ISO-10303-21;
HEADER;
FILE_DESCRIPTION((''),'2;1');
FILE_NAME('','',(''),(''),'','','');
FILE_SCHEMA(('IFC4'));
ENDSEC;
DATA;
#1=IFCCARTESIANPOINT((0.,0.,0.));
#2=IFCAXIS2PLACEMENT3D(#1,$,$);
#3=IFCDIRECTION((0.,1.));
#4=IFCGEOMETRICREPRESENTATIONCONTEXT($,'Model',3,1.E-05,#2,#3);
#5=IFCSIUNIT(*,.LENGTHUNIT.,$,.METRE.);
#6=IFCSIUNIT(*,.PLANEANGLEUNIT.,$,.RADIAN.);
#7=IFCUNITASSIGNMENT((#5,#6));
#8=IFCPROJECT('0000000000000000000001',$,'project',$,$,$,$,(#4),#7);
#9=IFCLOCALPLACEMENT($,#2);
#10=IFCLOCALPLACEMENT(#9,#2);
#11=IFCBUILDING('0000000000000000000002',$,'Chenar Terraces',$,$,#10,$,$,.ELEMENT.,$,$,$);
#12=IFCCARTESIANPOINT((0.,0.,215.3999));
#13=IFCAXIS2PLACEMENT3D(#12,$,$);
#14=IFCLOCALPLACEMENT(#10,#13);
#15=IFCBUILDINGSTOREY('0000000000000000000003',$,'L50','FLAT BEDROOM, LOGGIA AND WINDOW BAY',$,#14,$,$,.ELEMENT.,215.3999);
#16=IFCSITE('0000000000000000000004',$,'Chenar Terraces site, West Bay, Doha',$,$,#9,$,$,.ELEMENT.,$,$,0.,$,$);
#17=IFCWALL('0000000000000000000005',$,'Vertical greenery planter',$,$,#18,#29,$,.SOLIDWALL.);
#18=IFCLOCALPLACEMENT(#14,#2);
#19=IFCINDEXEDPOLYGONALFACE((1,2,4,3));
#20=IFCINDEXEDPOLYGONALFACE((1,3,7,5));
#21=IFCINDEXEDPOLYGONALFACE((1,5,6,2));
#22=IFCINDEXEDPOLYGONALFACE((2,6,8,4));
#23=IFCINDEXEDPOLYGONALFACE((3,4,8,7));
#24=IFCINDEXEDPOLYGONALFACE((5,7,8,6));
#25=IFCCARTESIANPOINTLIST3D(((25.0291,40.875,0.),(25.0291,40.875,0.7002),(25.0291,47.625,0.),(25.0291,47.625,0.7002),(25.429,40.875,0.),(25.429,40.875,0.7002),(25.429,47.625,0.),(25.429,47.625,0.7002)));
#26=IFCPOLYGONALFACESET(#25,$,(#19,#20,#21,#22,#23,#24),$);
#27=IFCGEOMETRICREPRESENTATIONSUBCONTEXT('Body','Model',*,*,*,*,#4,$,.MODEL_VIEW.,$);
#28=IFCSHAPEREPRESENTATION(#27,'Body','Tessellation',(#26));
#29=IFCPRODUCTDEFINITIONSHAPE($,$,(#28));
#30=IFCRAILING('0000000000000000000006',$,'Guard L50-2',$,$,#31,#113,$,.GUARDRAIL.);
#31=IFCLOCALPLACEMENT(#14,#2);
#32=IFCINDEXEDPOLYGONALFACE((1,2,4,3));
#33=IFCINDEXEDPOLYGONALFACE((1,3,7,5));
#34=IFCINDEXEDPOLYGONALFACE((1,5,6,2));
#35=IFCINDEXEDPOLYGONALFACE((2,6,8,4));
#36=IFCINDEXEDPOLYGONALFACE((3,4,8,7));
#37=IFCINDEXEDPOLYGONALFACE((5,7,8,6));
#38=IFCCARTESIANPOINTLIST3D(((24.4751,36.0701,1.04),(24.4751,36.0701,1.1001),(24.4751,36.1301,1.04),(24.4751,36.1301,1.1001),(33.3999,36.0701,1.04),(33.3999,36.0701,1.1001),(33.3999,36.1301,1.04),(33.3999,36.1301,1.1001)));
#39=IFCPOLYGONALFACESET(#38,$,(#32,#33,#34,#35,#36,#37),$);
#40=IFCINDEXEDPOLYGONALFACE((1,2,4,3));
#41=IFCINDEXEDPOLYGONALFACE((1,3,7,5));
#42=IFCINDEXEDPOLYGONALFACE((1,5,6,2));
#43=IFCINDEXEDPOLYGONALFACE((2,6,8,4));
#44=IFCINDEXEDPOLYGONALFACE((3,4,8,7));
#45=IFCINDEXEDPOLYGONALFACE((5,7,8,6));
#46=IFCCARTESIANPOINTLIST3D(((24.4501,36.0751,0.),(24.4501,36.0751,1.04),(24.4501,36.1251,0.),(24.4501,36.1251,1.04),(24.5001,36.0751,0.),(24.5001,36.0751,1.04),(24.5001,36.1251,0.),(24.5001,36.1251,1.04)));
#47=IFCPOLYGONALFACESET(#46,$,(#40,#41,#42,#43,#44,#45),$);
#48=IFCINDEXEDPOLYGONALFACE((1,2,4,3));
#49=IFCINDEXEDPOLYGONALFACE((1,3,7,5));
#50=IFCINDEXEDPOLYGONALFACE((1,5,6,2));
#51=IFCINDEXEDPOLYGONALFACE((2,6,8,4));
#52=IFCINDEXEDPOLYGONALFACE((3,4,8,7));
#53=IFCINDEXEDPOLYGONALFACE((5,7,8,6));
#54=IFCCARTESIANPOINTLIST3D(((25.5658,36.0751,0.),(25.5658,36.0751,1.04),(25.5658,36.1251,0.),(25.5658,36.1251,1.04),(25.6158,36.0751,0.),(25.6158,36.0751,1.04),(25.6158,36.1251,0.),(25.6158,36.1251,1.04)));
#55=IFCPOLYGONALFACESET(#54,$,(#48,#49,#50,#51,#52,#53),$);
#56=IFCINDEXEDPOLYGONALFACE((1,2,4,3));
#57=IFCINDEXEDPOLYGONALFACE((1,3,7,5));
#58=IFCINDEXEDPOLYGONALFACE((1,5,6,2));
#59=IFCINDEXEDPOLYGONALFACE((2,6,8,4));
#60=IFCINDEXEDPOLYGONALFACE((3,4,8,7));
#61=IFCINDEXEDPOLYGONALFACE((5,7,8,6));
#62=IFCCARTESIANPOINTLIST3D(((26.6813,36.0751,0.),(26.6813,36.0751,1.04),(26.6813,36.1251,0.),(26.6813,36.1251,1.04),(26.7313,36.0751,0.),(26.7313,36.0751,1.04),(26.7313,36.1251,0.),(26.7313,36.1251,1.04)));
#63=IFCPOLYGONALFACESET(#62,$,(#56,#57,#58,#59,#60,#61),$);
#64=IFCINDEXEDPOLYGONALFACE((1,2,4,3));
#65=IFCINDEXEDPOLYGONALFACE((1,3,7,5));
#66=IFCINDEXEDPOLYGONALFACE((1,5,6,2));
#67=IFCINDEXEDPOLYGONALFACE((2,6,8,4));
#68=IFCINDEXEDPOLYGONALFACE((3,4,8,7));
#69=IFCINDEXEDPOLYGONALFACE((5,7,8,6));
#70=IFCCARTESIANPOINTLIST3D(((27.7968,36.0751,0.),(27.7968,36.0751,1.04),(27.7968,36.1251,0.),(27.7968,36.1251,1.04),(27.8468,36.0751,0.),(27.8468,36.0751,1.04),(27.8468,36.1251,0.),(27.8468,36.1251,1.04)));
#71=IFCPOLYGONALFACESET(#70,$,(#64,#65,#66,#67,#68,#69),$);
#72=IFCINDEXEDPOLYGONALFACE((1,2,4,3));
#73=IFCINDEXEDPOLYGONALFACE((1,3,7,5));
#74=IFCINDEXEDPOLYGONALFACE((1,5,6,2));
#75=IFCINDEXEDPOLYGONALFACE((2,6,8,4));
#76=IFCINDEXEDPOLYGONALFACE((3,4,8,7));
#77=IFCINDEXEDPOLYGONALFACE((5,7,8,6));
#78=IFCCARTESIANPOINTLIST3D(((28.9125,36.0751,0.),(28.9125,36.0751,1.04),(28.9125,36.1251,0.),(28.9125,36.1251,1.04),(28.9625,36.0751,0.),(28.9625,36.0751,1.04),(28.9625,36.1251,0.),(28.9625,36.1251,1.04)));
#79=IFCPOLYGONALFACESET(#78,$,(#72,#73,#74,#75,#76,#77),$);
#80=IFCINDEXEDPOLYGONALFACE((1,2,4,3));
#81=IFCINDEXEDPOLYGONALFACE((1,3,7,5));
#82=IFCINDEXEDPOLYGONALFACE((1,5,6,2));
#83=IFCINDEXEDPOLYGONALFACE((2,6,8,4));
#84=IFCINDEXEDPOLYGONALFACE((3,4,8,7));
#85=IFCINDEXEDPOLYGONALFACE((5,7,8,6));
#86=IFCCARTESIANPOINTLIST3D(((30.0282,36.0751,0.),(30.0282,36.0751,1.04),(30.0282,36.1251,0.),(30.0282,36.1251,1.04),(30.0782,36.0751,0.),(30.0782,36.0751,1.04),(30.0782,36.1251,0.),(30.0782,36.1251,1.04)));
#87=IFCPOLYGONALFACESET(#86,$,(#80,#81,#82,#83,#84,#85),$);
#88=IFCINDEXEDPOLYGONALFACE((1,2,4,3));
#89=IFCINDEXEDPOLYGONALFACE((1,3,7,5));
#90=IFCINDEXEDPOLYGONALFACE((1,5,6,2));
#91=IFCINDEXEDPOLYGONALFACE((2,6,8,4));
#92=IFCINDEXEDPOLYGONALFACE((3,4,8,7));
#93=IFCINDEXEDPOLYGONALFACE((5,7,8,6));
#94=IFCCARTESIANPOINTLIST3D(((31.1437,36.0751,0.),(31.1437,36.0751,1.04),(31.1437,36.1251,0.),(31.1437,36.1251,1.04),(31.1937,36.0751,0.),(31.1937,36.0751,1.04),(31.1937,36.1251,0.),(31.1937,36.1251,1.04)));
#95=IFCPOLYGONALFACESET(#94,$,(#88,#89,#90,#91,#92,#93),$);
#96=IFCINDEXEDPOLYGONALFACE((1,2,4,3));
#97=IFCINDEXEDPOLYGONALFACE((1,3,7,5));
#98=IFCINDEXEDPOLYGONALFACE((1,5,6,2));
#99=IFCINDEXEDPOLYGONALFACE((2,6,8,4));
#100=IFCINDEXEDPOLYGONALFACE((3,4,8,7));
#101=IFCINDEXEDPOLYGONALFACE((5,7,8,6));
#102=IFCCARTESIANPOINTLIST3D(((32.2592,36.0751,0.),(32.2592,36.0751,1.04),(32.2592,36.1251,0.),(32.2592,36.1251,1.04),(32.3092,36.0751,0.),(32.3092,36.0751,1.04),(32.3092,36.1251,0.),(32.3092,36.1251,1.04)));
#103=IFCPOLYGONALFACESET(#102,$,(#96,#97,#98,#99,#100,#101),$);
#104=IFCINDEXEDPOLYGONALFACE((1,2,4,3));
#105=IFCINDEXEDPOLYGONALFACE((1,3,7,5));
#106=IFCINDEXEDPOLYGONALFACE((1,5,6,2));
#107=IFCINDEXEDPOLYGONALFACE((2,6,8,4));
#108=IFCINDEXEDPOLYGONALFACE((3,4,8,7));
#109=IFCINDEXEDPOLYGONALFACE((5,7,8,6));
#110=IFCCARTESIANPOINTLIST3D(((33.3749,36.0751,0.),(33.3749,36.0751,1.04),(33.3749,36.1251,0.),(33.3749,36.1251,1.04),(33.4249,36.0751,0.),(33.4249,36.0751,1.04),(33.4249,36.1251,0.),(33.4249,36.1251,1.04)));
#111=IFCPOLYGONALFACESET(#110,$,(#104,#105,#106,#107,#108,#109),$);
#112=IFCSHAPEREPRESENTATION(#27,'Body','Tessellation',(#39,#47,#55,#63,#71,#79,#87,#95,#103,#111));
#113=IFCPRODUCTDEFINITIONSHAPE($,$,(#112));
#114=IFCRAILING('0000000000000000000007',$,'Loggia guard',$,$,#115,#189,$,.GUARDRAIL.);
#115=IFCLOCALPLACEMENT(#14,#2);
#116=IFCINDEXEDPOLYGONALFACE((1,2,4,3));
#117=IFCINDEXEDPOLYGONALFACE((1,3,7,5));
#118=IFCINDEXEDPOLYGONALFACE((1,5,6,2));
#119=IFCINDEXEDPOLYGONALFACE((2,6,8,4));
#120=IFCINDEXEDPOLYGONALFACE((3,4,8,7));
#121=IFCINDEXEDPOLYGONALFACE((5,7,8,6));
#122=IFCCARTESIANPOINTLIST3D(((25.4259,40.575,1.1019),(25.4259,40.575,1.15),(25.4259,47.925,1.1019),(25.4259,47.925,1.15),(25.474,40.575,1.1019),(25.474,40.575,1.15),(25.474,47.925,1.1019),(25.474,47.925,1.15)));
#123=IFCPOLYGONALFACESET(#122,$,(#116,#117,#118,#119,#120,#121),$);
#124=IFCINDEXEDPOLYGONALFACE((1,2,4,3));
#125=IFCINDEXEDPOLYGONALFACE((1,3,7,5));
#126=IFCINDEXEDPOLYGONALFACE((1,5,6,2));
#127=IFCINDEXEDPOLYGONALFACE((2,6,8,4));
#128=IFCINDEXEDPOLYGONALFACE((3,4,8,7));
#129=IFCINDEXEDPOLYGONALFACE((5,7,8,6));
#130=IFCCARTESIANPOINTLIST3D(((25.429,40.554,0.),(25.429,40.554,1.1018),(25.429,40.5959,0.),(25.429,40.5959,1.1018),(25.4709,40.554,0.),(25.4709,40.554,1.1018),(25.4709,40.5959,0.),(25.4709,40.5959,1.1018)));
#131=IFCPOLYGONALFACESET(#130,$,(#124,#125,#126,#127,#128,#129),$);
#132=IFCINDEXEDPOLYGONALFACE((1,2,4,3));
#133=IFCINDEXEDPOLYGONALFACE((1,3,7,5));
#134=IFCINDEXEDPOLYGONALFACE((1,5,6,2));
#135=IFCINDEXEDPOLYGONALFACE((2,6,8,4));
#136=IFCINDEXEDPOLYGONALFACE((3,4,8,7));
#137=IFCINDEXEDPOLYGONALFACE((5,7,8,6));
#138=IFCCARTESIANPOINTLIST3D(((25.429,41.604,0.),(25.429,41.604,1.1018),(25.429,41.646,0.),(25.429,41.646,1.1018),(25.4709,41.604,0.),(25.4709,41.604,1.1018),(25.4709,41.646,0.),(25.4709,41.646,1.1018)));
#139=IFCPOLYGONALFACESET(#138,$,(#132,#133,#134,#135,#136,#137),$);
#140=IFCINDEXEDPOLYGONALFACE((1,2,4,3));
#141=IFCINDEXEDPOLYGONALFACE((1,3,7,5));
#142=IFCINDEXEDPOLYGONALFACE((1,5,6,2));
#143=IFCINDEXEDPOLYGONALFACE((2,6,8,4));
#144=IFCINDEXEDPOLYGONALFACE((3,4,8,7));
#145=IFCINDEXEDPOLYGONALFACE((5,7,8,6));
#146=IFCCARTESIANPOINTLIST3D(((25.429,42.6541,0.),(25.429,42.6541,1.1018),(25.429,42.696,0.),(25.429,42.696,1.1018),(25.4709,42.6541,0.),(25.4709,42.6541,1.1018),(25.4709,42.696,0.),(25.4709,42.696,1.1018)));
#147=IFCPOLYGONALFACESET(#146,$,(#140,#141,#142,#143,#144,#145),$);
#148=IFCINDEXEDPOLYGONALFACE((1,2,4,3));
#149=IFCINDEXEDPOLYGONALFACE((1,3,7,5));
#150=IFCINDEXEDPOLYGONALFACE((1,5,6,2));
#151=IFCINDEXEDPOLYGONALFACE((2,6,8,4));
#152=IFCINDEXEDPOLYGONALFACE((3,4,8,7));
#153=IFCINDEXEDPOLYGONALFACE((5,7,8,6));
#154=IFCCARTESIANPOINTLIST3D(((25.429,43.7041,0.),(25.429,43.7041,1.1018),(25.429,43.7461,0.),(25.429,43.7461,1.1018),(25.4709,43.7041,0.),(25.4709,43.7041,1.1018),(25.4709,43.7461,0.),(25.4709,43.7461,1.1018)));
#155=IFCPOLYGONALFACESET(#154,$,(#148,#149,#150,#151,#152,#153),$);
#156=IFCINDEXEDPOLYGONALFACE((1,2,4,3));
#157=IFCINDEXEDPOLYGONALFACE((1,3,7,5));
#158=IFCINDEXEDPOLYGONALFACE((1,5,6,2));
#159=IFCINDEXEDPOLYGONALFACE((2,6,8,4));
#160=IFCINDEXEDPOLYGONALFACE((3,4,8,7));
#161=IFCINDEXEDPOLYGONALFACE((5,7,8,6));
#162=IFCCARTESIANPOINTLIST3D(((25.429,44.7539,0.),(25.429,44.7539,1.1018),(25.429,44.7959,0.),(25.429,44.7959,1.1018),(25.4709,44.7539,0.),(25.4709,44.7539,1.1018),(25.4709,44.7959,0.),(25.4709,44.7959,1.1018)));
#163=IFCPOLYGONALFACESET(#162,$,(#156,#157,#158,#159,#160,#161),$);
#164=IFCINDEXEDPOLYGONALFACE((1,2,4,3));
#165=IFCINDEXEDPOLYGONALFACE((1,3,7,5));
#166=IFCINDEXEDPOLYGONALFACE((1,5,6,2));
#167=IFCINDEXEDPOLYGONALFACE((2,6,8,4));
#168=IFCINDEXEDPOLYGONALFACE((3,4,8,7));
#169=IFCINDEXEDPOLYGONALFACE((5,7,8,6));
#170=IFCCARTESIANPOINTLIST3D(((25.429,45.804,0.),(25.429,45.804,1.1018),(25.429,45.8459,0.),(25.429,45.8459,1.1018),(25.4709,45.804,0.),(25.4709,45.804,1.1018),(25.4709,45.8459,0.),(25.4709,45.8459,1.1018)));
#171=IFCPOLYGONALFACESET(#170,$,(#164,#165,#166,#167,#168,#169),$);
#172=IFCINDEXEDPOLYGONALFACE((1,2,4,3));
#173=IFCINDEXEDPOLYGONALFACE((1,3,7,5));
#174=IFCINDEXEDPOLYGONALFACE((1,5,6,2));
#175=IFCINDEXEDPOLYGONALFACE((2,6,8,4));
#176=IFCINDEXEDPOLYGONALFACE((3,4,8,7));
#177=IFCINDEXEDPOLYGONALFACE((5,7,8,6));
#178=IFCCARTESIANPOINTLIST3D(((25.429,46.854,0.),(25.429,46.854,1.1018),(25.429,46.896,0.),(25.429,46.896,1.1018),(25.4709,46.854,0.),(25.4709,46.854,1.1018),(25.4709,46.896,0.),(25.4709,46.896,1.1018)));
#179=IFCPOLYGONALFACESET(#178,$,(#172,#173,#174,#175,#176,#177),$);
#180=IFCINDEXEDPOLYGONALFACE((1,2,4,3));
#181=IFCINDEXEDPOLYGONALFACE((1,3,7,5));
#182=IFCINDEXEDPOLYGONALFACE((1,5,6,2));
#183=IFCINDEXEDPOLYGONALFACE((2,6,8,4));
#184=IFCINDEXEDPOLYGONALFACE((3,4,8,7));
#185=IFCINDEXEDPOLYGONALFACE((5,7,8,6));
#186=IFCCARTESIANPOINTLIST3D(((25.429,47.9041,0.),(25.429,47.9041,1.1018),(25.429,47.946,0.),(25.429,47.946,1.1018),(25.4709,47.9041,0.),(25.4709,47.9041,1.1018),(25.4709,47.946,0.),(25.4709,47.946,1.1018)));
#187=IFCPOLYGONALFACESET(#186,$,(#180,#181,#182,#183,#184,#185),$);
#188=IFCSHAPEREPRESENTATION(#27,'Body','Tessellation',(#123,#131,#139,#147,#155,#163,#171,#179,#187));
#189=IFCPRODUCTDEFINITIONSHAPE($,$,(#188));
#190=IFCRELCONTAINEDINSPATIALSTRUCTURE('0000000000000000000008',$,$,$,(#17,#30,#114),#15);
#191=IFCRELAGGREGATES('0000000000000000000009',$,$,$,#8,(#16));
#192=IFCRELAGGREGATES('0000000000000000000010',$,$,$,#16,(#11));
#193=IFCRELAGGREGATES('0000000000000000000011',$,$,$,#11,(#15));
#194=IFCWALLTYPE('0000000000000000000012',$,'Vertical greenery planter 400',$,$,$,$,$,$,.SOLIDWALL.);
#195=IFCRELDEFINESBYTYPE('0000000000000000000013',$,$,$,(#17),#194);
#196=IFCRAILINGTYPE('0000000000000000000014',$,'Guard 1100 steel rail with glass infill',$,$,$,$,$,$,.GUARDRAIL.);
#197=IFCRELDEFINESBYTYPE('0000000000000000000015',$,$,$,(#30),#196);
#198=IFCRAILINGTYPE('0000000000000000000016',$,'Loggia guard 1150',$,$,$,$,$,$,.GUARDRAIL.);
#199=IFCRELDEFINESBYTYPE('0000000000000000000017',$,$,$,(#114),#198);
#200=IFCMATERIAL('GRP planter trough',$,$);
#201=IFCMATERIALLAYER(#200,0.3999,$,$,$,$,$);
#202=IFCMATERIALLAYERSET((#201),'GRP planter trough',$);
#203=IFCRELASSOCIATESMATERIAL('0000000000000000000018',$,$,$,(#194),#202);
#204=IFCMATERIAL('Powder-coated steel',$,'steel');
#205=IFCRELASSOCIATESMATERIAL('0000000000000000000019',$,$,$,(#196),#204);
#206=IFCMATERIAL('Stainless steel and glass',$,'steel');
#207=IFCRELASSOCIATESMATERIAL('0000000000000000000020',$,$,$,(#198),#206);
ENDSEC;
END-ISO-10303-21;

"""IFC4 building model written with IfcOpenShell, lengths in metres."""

from ifc_helpers import new_model, si_unit, direction, frame, frame_2d, origin, origin_2d, place, context, subcontext, project, spatial, rectangle, extrude, material, layer, layer_set, type_object, element, save


model = new_model("IFC4")

# Units and contexts
model_context = context("Model", 3, precision=1e-05, world=origin(), true_north=direction((0.0, 1.0)))
body_context = subcontext(model_context, "Body", "Model", "MODEL_VIEW")
ifc_project = project(units=[si_unit("LENGTHUNIT", "METRE"), si_unit("PLANEANGLEUNIT", "RADIAN")], contexts=[model_context])

# Site, building, storey
site_placement = place(None, origin())
site = spatial("IfcSite", under=ifc_project, at=site_placement, Name="Chenar Terraces site, West Bay, Doha", CompositionType="ELEMENT", RefElevation=0.0)
building_placement = place(site_placement, origin())
building = spatial("IfcBuilding", under=site, at=building_placement, Name="Chenar Terraces", CompositionType="ELEMENT")
storey_placement = place(building_placement, frame((0.0, 0.0, 215.3999)))
storey = spatial("IfcBuildingStorey", under=building, at=storey_placement, Name="L50", Description="FLAT BEDROOM, LOGGIA AND WINDOW BAY", CompositionType="ELEMENT", Elevation=215.3999)

# Wall
ifc_material_1 = material(Name="GRP planter trough")
ifc_layer_1 = layer(ifc_material_1, 0.3999)
ifc_layer_set_1 = layer_set([ifc_layer_1], Name="GRP planter trough")
wall_type_1 = type_object("IfcWallType", Name="Vertical greenery planter 400", PredefinedType="SOLIDWALL", material=ifc_layer_set_1)
wall_1_placement = place(storey_placement, frame((25.229, 40.875, 0.0), z_axis=(0.0, 0.0, 1.0), x_axis=(0.0, 1.0, 0.0)))
element("IfcWall", 1, at=wall_1_placement, inside=storey, type_object=wall_type_1, Name="Vertical greenery planter", PredefinedType="SOLIDWALL", context=body_context, shape_type="SweptSolid", body=[
    extrude(rectangle(XDim=6.75, YDim=0.3999, at=frame_2d((3.375, 0.0))), origin(), (0.0, 0.0, 1.0), 0.7002),
])

# Railings
ifc_material_2 = material(Name="Powder-coated steel", Category="steel")
railing_type_1 = type_object("IfcRailingType", Name="Guard 1100 steel rail with glass infill", PredefinedType="GUARDRAIL", material=ifc_material_2)
railing_1_placement = place(storey_placement, frame((24.4751, 36.1001, 0.0)))
element("IfcRailing", 2, at=railing_1_placement, inside=storey, type_object=railing_type_1, Name="Guard L50-2", PredefinedType="GUARDRAIL", context=body_context, shape_type="SweptSolid", body=[
    extrude(rectangle(XDim=0.0601, YDim=0.0601, at=origin_2d()), frame((0.0, 0.0, 1.0701), z_axis=(1.0, 0.0, 0.0), x_axis=(0.0, 1.0, 0.0)), (0.0, 0.0, 1.0), 8.9248),
    extrude(rectangle(XDim=0.05, YDim=0.05, at=origin_2d()), origin(), (0.0, 0.0, 1.0), 1.04),
    extrude(rectangle(XDim=0.05, YDim=0.05, at=origin_2d()), frame((1.1157, 0.0, 0.0)), (0.0, 0.0, 1.0), 1.04),
    extrude(rectangle(XDim=0.05, YDim=0.05, at=origin_2d()), frame((2.2312, 0.0, 0.0)), (0.0, 0.0, 1.0), 1.04),
    extrude(rectangle(XDim=0.05, YDim=0.05, at=origin_2d()), frame((3.3467, 0.0, 0.0)), (0.0, 0.0, 1.0), 1.04),
    extrude(rectangle(XDim=0.05, YDim=0.05, at=origin_2d()), frame((4.4624, 0.0, 0.0)), (0.0, 0.0, 1.0), 1.04),
    extrude(rectangle(XDim=0.05, YDim=0.05, at=origin_2d()), frame((5.5781, 0.0, 0.0)), (0.0, 0.0, 1.0), 1.04),
    extrude(rectangle(XDim=0.05, YDim=0.05, at=origin_2d()), frame((6.6936, 0.0, 0.0)), (0.0, 0.0, 1.0), 1.04),
    extrude(rectangle(XDim=0.05, YDim=0.05, at=origin_2d()), frame((7.8091, 0.0, 0.0)), (0.0, 0.0, 1.0), 1.04),
    extrude(rectangle(XDim=0.05, YDim=0.05, at=origin_2d()), frame((8.9248, 0.0, 0.0)), (0.0, 0.0, 1.0), 1.04),
])
ifc_material_3 = material(Name="Stainless steel and glass", Category="steel")
railing_type_2 = type_object("IfcRailingType", Name="Loggia guard 1150", PredefinedType="GUARDRAIL", material=ifc_material_3)
railing_2_placement = place(storey_placement, frame((25.45, 40.575, 0.0)))
element("IfcRailing", 3, at=railing_2_placement, inside=storey, type_object=railing_type_2, Name="Loggia guard", PredefinedType="GUARDRAIL", context=body_context, shape_type="SweptSolid", body=[
    extrude(rectangle(XDim=0.0481, YDim=0.0481, at=origin_2d()), frame((0.0, 0.0, 1.126), z_axis=(0.0, 1.0, 0.0), x_axis=(-1.0, 0.0, 0.0)), (0.0, 0.0, 1.0), 7.3501),
    extrude(rectangle(XDim=0.042, YDim=0.042, at=origin_2d()), origin(), (0.0, 0.0, 1.0), 1.1018),
    extrude(rectangle(XDim=0.042, YDim=0.042, at=origin_2d()), frame((0.0, 1.05, 0.0)), (0.0, 0.0, 1.0), 1.1018),
    extrude(rectangle(XDim=0.042, YDim=0.042, at=origin_2d()), frame((0.0, 2.1001, 0.0)), (0.0, 0.0, 1.0), 1.1018),
    extrude(rectangle(XDim=0.042, YDim=0.042, at=origin_2d()), frame((0.0, 3.1501, 0.0)), (0.0, 0.0, 1.0), 1.1018),
    extrude(rectangle(XDim=0.042, YDim=0.042, at=origin_2d()), frame((0.0, 4.2, 0.0)), (0.0, 0.0, 1.0), 1.1018),
    extrude(rectangle(XDim=0.042, YDim=0.042, at=origin_2d()), frame((0.0, 5.25, 0.0)), (0.0, 0.0, 1.0), 1.1018),
    extrude(rectangle(XDim=0.042, YDim=0.042, at=origin_2d()), frame((0.0, 6.3, 0.0)), (0.0, 0.0, 1.0), 1.1018),
    extrude(rectangle(XDim=0.042, YDim=0.042, at=origin_2d()), frame((0.0, 7.3501, 0.0)), (0.0, 0.0, 1.0), 1.1018),
])

save(model, "model.ifc")
